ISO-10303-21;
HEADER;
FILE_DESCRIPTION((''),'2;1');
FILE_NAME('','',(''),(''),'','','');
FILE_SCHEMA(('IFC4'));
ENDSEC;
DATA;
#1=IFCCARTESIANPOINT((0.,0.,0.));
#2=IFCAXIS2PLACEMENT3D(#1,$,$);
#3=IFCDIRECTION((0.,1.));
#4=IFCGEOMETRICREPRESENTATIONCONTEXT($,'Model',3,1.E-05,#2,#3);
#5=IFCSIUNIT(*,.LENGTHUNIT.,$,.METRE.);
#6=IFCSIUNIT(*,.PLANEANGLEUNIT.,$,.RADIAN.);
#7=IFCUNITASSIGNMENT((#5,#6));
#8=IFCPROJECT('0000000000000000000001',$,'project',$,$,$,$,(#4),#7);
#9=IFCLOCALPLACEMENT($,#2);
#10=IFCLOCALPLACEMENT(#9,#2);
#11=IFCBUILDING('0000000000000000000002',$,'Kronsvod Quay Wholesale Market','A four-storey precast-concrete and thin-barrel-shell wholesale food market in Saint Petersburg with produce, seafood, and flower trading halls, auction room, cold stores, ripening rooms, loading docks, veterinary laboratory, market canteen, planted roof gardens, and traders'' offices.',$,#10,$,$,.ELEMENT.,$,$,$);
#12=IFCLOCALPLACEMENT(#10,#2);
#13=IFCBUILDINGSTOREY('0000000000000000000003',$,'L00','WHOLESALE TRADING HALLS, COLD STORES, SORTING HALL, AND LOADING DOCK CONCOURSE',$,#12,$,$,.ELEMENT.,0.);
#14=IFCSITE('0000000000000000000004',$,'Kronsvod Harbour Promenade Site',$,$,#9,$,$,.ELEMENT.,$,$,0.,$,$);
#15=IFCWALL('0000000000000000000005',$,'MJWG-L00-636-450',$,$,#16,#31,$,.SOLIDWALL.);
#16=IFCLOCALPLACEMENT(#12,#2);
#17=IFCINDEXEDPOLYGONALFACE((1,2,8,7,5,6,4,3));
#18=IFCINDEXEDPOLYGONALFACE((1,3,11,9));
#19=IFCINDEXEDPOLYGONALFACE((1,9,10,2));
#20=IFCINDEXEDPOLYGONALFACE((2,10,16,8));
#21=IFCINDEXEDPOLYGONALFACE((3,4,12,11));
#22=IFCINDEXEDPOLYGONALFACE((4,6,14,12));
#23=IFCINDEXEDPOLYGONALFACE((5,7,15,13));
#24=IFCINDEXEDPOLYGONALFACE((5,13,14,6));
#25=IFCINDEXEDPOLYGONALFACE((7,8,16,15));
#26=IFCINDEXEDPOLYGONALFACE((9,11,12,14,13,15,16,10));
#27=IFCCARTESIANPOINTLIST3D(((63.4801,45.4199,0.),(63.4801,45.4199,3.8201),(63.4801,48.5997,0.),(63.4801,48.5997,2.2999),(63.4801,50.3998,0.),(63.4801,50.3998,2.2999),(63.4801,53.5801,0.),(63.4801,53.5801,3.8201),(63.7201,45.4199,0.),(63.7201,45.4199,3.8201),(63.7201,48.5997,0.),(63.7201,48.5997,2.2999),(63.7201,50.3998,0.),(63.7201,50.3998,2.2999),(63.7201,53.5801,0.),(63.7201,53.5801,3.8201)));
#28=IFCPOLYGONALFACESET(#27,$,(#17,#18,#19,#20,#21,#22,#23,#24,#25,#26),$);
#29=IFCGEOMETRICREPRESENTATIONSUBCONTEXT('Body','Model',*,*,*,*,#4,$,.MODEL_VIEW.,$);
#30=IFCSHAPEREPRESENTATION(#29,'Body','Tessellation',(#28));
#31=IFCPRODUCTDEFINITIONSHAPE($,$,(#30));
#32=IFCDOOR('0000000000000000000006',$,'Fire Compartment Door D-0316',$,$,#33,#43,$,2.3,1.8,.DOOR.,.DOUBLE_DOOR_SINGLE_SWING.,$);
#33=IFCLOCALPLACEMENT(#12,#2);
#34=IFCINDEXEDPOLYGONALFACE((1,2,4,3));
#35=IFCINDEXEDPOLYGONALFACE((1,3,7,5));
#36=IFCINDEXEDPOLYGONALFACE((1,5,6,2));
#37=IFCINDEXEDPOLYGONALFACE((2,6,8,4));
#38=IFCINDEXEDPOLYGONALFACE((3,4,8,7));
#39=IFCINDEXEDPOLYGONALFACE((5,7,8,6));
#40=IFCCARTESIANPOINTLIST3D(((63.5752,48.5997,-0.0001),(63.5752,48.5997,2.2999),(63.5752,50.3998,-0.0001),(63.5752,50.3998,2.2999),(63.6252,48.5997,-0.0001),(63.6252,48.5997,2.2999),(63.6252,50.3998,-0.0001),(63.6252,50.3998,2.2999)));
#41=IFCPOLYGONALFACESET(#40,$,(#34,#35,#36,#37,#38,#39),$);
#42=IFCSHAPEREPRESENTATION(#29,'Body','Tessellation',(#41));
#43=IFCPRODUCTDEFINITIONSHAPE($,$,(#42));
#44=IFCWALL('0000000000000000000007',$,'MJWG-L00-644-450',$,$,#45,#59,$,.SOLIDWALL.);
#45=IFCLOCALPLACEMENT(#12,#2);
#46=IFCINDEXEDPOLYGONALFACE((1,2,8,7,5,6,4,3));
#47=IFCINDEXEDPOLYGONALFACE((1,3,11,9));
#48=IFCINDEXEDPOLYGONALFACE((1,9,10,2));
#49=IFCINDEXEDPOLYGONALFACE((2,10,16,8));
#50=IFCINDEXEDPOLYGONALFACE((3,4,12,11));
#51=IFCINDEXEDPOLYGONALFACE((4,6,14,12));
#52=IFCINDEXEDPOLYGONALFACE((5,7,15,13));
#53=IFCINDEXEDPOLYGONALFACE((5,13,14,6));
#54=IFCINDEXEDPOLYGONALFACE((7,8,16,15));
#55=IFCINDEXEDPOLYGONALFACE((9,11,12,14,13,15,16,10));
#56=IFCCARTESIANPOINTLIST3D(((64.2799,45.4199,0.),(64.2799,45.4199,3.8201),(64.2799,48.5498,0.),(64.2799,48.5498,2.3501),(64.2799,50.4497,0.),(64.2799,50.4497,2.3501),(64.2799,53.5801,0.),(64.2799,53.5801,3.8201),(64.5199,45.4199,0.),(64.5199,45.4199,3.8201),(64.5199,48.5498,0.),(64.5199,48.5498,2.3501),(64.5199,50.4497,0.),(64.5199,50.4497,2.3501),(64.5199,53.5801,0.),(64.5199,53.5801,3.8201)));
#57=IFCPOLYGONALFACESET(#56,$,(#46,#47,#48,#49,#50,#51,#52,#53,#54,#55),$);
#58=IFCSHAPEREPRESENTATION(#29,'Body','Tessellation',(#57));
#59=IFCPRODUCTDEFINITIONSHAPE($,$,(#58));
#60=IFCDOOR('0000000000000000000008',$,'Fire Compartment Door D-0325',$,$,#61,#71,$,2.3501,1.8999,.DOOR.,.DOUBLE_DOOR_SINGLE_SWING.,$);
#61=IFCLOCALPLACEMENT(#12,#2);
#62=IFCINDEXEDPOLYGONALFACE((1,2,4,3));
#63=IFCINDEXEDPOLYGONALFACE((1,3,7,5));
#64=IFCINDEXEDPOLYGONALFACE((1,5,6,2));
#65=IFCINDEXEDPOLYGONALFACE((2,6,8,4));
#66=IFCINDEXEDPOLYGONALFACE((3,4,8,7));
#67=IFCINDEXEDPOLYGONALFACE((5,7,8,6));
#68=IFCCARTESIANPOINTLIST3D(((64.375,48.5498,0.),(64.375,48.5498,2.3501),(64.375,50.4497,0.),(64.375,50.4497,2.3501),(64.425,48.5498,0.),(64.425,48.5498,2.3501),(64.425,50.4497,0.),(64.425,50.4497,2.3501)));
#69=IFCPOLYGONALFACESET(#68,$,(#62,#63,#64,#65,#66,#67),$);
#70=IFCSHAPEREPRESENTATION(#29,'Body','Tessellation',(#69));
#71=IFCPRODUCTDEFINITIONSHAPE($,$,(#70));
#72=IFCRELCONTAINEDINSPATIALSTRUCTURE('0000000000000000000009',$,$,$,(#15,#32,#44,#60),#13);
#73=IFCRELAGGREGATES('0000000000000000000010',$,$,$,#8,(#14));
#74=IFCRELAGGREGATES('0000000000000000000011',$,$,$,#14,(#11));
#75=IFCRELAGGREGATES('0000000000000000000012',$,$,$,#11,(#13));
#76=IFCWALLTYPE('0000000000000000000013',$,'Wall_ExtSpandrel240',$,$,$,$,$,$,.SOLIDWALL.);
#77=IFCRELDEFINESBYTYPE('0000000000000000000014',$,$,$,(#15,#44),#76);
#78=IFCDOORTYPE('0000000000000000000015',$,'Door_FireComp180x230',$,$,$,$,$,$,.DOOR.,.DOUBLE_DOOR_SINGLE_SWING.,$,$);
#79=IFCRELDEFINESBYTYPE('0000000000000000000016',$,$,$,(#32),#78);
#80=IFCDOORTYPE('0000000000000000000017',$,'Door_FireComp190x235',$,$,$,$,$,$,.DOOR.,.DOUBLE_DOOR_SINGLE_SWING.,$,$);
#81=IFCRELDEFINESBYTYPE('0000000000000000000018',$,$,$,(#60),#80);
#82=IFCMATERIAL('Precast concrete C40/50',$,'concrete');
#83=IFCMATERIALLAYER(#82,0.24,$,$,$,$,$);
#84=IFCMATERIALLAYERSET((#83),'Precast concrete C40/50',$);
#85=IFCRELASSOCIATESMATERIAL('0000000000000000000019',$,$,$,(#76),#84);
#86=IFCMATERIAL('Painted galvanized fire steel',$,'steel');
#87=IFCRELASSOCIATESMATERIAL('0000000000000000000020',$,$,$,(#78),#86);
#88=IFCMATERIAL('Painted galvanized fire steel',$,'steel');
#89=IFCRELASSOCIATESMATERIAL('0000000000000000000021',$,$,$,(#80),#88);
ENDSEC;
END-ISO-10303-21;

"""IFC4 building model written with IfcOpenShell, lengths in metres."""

from ifc_helpers import new_model, si_unit, direction, frame, frame_2d, origin, place, context, subcontext, project, spatial, rectangle, extrude, material, layer, layer_set, type_object, element, fill, save


model = new_model("IFC4")

# Units and contexts
model_context = context("Model", 3, precision=1e-05, world=origin(), true_north=direction((0.0, 1.0)))
body_context = subcontext(model_context, "Body", "Model", "MODEL_VIEW")
ifc_project = project(units=[si_unit("LENGTHUNIT", "METRE"), si_unit("PLANEANGLEUNIT", "RADIAN")], contexts=[model_context])

# Site, building, storey
site_placement = place(None, origin())
site = spatial("IfcSite", under=ifc_project, at=site_placement, Name="Kronsvod Harbour Promenade Site", CompositionType="ELEMENT", RefElevation=0.0)
building_placement = place(site_placement, origin())
building = spatial("IfcBuilding", under=site, at=building_placement, Name="Kronsvod Quay Wholesale Market", Description="A four-storey precast-concrete and thin-barrel-shell wholesale food market in Saint Petersburg with produce, seafood, and flower trading halls, auction room, cold stores, ripening rooms, loading docks, veterinary laboratory, market canteen, planted roof gardens, and traders' offices.", CompositionType="ELEMENT")
storey_placement = place(building_placement, origin())
storey = spatial("IfcBuildingStorey", under=building, at=storey_placement, Name="L00", Description="WHOLESALE TRADING HALLS, COLD STORES, SORTING HALL, AND LOADING DOCK CONCOURSE", CompositionType="ELEMENT", Elevation=0.0)

# Walls, openings, doors
ifc_material_1 = material(Name="Precast concrete C40/50", Category="concrete")
ifc_layer_1 = layer(ifc_material_1, 0.24)
ifc_layer_set_1 = layer_set([ifc_layer_1], Name="Precast concrete C40/50")
wall_type_1 = type_object("IfcWallType", Name="Wall_ExtSpandrel240", PredefinedType="SOLIDWALL", material=ifc_layer_set_1)
wall_1_placement = place(storey_placement, frame((63.6001, 45.4199, 0.0), z_axis=(0.0, 0.0, 1.0), x_axis=(0.0, 1.0, 0.0)))
wall_1 = element("IfcWall", 1, at=wall_1_placement, inside=storey, type_object=wall_type_1, Name="MJWG-L00-636-450", PredefinedType="SOLIDWALL", context=body_context, shape_type="SweptSolid", body=[
    extrude(rectangle(XDim=8.1602, YDim=0.24, at=frame_2d((4.0801, 0.0))), origin(), (0.0, 0.0, 1.0), 3.8201),
])
opening_1_placement = place(wall_1_placement, frame((3.1799, 0.0, 0.0)))
opening_1 = element("IfcOpeningElement", 2, at=opening_1_placement, cuts=wall_1, PredefinedType="OPENING", context=body_context, shape_type="SweptSolid", body=[
    extrude(rectangle(XDim=1.8, YDim=2.3, at=frame_2d((0.8999, 1.1499))), frame((0.0, 0.1299, 0.0), z_axis=(0.0, -1.0, 0.0), x_axis=(1.0, 0.0, 0.0)), (0.0, 0.0, 1.0), 0.26),
])
ifc_material_2 = material(Name="Painted galvanized fire steel", Category="steel")
door_type_1 = type_object("IfcDoorType", Name="Door_FireComp180x230", OperationType="DOUBLE_DOOR_SINGLE_SWING", PredefinedType="DOOR", material=ifc_material_2)
door_1_placement = place(opening_1_placement, origin())
door_1 = element("IfcDoor", 3, at=door_1_placement, inside=storey, type_object=door_type_1, Name="Fire Compartment Door D-0316", OperationType="DOUBLE_DOOR_SINGLE_SWING", OverallHeight=2.3, OverallWidth=1.8, PredefinedType="DOOR", context=body_context, shape_type="SweptSolid", body=[
    extrude(rectangle(XDim=1.8, YDim=2.3, at=frame_2d((0.8999, 1.1499))), frame((0.0, 0.0249, 0.0), z_axis=(0.0, -1.0, 0.0), x_axis=(1.0, 0.0, 0.0)), (0.0, 0.0, 1.0), 0.05),
])
fill(opening_1, door_1)
wall_2_placement = place(storey_placement, frame((64.3999, 45.4199, 0.0), z_axis=(0.0, 0.0, 1.0), x_axis=(0.0, 1.0, 0.0)))
wall_2 = element("IfcWall", 4, at=wall_2_placement, inside=storey, type_object=wall_type_1, Name="MJWG-L00-644-450", PredefinedType="SOLIDWALL", context=body_context, shape_type="SweptSolid", body=[
    extrude(rectangle(XDim=8.1602, YDim=0.24, at=frame_2d((4.0801, 0.0))), origin(), (0.0, 0.0, 1.0), 3.8201),
])
opening_2_placement = place(wall_2_placement, frame((3.1299, 0.0, 0.0)))
opening_2 = element("IfcOpeningElement", 5, at=opening_2_placement, cuts=wall_2, PredefinedType="OPENING", context=body_context, shape_type="SweptSolid", body=[
    extrude(rectangle(XDim=1.8999, YDim=2.3501, at=frame_2d((0.95, 1.175))), frame((0.0, 0.1299, 0.0), z_axis=(0.0, -1.0, 0.0), x_axis=(1.0, 0.0, 0.0)), (0.0, 0.0, 1.0), 0.26),
])
ifc_material_3 = material(Name="Painted galvanized fire steel", Category="steel")
door_type_2 = type_object("IfcDoorType", Name="Door_FireComp190x235", OperationType="DOUBLE_DOOR_SINGLE_SWING", PredefinedType="DOOR", material=ifc_material_3)
door_2_placement = place(opening_2_placement, origin())
door_2 = element("IfcDoor", 6, at=door_2_placement, inside=storey, type_object=door_type_2, Name="Fire Compartment Door D-0325", OperationType="DOUBLE_DOOR_SINGLE_SWING", OverallHeight=2.3501, OverallWidth=1.8999, PredefinedType="DOOR", context=body_context, shape_type="SweptSolid", body=[
    extrude(rectangle(XDim=1.8999, YDim=2.3501, at=frame_2d((0.95, 1.175))), frame((0.0, 0.0249, 0.0), z_axis=(0.0, -1.0, 0.0), x_axis=(1.0, 0.0, 0.0)), (0.0, 0.0, 1.0), 0.05),
])
fill(opening_2, door_2)

save(model, "model.ifc")
